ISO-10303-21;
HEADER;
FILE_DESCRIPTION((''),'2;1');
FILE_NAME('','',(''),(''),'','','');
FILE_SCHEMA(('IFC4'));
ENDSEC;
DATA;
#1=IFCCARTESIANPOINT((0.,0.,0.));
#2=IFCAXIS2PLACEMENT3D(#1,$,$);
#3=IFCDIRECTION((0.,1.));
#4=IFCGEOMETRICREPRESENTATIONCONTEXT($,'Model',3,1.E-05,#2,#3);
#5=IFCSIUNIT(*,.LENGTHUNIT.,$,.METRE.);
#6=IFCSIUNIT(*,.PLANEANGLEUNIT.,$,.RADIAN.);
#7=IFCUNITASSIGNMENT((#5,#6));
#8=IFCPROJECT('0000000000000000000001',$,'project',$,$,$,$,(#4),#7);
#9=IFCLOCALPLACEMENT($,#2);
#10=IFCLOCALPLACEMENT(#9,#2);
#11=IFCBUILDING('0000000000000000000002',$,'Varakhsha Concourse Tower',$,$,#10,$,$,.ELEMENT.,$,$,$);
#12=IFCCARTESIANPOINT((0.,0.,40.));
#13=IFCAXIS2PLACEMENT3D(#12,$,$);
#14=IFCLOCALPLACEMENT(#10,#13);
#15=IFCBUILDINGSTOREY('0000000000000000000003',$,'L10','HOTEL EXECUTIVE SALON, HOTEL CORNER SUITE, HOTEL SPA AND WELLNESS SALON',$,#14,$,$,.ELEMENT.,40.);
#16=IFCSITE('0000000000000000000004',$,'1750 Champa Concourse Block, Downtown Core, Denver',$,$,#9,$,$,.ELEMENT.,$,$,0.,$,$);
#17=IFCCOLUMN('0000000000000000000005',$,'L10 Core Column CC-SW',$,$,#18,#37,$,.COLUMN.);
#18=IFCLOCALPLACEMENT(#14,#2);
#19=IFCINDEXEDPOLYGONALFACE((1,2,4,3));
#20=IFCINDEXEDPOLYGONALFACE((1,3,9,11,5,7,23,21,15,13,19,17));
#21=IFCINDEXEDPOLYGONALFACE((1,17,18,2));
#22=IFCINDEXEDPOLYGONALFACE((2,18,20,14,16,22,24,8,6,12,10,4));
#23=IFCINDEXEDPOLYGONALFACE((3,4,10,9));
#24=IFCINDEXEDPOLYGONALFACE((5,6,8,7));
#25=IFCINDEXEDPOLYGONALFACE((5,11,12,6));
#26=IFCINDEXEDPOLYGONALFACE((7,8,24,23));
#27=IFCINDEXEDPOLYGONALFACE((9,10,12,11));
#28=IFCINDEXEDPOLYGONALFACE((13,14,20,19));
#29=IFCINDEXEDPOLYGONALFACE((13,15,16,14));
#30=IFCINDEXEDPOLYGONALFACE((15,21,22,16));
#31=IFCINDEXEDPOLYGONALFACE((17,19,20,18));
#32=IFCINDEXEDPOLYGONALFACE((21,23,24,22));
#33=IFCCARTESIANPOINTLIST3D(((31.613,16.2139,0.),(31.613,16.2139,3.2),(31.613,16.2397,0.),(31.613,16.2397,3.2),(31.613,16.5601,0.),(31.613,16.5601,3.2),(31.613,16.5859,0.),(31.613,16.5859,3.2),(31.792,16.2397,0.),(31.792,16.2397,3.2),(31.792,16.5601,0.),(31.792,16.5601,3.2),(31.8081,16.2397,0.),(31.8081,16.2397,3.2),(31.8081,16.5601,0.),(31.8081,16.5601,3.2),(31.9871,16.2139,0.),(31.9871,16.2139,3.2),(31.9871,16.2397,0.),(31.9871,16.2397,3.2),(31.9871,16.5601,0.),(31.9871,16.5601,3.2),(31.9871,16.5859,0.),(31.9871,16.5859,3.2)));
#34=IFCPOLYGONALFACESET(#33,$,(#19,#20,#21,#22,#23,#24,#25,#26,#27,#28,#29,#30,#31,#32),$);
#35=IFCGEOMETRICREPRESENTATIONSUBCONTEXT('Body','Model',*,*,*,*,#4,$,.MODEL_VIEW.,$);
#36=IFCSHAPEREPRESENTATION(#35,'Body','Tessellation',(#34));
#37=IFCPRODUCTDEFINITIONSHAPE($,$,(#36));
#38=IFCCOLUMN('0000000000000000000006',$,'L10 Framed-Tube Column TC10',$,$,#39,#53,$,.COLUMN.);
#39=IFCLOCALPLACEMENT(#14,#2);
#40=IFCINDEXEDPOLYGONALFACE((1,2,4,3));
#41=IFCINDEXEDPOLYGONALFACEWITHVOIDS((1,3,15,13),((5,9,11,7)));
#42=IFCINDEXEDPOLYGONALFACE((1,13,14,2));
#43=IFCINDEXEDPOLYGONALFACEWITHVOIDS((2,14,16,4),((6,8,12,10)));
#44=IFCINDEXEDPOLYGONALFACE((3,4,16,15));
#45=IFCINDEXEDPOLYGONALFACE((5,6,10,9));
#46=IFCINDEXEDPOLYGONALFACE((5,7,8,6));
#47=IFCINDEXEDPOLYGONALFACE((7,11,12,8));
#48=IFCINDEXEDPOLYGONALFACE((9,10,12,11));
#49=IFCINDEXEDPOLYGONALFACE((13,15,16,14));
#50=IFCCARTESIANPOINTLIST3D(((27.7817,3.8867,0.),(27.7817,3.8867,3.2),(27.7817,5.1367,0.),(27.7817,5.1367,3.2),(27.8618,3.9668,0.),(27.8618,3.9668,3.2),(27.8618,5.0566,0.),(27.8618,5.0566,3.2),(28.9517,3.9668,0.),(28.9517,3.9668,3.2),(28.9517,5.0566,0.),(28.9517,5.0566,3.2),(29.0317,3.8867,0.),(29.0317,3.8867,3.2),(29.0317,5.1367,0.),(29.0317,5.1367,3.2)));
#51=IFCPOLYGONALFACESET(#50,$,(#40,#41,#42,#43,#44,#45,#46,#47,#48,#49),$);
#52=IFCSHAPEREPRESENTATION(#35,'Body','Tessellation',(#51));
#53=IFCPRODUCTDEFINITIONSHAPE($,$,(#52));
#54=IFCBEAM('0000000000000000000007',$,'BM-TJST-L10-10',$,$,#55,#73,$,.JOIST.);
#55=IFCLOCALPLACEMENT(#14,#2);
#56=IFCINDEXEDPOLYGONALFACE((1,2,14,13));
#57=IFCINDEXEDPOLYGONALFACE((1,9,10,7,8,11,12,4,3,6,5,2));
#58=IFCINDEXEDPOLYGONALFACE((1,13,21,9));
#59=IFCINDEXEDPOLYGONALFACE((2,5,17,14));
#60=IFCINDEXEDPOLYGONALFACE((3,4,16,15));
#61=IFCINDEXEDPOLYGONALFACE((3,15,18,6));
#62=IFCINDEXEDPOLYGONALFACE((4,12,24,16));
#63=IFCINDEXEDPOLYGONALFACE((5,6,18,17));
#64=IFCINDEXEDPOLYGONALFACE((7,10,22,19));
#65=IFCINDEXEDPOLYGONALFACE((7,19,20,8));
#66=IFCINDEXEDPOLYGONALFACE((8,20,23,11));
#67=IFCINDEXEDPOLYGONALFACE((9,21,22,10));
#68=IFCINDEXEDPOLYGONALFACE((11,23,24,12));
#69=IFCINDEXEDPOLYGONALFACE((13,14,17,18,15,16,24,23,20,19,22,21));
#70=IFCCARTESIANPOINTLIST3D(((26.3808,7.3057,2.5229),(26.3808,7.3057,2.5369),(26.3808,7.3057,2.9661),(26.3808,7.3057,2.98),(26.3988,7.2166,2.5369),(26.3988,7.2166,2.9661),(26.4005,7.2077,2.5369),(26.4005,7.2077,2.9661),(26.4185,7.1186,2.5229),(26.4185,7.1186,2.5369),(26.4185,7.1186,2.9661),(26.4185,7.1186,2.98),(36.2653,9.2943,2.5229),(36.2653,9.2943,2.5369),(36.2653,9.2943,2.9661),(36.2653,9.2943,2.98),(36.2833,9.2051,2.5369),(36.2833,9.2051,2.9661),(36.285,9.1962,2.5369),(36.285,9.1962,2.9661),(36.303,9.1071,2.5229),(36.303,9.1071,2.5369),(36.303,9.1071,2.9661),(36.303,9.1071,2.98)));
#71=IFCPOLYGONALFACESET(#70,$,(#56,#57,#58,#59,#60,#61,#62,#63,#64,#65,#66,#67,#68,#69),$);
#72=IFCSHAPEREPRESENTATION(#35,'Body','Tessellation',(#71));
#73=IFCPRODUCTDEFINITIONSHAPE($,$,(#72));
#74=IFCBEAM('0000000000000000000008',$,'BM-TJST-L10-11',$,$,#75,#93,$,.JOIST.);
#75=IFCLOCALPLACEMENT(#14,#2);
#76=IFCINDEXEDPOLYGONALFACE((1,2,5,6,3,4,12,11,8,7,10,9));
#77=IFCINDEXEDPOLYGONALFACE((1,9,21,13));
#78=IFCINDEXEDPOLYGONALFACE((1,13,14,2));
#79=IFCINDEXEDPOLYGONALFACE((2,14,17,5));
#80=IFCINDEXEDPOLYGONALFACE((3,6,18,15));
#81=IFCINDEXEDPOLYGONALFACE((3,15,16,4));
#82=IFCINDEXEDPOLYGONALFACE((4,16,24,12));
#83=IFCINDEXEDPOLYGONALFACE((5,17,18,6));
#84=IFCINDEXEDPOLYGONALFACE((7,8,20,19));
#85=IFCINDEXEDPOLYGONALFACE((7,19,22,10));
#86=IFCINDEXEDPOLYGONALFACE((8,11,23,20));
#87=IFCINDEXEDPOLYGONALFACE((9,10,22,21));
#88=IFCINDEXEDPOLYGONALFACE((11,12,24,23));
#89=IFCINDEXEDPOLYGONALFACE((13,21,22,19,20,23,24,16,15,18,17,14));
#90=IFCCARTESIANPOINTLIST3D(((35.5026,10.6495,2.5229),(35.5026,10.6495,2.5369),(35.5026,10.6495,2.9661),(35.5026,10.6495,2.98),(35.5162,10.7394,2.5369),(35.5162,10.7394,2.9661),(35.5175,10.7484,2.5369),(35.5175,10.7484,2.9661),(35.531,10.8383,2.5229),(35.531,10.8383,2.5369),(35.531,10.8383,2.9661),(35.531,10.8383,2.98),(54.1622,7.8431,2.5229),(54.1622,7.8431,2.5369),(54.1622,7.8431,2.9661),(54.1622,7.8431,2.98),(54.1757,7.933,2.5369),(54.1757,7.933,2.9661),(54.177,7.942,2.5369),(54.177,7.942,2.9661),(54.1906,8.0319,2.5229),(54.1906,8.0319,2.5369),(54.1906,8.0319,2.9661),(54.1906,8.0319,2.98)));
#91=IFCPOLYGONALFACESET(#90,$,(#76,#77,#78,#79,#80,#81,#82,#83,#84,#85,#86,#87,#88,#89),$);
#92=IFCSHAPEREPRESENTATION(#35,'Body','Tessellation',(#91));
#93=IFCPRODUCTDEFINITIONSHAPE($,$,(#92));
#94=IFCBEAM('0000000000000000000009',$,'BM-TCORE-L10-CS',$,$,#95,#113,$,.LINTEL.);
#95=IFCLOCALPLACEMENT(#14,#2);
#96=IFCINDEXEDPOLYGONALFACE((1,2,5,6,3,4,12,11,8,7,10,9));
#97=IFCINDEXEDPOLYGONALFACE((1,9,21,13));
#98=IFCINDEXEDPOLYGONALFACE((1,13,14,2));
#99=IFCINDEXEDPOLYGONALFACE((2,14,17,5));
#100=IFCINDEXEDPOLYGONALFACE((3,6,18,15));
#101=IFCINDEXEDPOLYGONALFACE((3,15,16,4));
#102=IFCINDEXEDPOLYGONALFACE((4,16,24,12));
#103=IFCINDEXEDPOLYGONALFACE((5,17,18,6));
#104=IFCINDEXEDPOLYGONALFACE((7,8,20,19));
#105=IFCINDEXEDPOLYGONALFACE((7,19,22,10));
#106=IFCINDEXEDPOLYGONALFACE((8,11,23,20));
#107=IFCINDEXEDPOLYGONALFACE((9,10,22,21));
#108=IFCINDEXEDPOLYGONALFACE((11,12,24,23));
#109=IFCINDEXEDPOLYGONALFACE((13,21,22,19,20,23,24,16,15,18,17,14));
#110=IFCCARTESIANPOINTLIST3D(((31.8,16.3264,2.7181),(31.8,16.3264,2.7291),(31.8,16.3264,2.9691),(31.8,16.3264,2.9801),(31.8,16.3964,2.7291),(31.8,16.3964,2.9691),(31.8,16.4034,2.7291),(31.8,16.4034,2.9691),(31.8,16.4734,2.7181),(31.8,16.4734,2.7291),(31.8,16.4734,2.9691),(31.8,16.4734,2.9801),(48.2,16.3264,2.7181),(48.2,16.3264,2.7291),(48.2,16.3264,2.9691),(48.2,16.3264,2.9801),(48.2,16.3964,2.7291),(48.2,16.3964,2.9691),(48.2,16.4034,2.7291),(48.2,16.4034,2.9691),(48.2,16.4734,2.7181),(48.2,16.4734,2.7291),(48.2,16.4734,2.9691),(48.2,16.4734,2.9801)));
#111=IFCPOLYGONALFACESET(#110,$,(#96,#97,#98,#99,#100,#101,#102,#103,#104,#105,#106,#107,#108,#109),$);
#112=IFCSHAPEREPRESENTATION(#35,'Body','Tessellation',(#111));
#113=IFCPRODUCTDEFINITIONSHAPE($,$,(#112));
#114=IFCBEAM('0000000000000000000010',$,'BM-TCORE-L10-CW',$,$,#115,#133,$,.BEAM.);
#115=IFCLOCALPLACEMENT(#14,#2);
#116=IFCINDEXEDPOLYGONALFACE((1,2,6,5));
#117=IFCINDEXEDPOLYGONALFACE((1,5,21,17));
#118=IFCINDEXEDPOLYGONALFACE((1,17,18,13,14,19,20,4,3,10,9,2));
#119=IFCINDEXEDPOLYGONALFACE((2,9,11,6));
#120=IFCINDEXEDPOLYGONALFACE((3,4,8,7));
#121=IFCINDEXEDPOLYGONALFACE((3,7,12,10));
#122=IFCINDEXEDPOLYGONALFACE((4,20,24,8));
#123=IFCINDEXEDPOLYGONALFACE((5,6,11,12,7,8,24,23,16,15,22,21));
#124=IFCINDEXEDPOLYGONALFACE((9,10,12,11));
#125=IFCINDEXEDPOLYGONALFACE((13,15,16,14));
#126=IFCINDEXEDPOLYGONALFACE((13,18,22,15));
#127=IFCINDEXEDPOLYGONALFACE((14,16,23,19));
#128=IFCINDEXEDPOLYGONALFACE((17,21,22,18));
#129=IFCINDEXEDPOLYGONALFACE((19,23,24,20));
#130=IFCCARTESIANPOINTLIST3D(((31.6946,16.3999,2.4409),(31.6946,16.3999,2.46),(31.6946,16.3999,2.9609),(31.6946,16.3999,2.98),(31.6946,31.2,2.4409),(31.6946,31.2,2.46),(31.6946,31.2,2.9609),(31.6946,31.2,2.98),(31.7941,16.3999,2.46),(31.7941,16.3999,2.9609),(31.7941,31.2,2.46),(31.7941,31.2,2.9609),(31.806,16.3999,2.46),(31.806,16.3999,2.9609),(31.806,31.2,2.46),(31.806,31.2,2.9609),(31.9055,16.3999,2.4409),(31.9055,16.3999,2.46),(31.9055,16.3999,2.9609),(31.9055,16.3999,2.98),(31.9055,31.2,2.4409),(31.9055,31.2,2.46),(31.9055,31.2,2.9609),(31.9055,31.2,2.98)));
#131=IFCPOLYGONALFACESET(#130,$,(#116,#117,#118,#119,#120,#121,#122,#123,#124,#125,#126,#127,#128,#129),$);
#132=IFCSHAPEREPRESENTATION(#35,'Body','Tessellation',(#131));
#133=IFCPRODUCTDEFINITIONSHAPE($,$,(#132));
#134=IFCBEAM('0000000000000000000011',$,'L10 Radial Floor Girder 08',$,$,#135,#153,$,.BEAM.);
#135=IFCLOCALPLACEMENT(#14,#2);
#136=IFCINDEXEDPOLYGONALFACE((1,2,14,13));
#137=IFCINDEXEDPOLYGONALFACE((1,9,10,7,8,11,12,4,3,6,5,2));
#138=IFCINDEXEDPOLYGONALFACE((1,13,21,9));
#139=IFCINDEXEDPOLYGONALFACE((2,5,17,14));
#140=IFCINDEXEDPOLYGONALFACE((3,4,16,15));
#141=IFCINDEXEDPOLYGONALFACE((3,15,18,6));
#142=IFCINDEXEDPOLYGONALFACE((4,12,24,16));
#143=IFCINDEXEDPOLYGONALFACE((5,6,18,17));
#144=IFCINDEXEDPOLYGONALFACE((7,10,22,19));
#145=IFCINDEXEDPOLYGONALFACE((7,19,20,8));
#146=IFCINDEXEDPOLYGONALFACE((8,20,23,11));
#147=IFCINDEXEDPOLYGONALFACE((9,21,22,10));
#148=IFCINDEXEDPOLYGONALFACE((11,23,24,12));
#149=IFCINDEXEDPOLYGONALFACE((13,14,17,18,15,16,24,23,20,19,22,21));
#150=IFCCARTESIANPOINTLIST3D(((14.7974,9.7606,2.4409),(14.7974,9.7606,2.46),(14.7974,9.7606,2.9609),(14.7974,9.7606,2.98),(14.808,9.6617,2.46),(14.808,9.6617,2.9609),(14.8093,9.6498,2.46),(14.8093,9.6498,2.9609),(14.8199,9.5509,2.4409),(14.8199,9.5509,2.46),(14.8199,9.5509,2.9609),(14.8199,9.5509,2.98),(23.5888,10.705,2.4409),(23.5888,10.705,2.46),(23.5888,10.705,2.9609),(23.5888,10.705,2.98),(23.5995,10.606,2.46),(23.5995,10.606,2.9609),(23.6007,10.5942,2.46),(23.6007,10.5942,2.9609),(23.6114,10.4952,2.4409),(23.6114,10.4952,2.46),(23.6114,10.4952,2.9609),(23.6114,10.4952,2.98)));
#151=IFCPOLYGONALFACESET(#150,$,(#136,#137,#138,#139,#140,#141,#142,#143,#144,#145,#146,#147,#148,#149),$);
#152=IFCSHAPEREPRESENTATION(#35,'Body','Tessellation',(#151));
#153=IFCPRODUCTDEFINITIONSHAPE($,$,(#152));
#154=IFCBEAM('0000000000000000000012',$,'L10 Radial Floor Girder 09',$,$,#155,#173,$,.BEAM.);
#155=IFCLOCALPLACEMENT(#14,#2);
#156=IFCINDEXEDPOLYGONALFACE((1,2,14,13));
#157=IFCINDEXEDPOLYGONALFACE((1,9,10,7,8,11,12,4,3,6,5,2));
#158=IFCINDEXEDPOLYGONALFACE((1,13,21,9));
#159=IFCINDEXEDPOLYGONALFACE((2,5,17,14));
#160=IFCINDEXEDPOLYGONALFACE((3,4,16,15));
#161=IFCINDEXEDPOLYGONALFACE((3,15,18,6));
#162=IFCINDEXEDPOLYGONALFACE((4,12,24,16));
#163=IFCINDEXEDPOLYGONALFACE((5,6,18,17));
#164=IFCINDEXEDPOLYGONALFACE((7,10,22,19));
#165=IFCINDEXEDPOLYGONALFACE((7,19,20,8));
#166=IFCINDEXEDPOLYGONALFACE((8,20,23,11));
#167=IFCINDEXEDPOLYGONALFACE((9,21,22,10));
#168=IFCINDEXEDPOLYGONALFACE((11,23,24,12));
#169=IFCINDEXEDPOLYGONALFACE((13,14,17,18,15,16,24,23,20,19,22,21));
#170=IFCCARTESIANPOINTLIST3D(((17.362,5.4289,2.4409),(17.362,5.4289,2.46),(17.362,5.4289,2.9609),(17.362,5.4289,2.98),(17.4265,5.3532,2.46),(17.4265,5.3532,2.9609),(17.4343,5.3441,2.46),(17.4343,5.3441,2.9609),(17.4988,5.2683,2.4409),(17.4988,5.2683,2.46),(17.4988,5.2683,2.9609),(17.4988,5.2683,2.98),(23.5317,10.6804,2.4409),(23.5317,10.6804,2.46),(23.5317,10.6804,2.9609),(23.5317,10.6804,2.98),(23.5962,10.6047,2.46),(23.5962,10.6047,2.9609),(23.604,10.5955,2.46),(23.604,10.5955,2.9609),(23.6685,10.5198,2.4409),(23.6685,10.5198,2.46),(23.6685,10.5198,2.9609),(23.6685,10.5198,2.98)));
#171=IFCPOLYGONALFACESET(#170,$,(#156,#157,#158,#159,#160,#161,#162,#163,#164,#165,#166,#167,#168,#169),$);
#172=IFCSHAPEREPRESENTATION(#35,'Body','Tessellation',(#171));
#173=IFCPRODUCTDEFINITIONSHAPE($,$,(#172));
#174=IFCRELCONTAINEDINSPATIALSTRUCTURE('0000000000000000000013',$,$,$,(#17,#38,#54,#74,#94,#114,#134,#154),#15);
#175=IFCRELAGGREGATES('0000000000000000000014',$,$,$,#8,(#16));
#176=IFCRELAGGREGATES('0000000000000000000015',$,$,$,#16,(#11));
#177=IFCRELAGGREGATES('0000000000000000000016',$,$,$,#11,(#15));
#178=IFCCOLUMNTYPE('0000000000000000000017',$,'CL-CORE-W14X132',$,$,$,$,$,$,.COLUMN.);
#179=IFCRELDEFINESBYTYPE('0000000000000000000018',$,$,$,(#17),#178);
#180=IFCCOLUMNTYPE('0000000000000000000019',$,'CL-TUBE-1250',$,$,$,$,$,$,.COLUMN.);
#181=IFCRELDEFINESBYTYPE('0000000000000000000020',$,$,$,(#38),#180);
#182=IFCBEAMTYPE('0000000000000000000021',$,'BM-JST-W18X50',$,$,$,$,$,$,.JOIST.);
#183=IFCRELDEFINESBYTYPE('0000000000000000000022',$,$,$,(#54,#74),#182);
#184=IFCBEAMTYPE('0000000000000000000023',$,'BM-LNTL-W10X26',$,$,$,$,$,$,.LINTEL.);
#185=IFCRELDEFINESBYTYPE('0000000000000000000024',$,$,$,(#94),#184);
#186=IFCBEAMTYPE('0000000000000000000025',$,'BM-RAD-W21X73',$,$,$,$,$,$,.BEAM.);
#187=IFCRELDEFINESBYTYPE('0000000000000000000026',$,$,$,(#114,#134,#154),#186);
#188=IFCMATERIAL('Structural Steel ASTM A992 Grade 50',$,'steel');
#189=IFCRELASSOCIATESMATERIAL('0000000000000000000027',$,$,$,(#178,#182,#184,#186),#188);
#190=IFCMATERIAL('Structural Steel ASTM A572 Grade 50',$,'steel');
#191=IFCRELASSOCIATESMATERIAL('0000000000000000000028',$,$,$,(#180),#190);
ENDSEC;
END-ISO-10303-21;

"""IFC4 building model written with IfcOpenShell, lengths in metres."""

from ifc_helpers import new_model, si_unit, direction, frame, origin, origin_2d, place, context, subcontext, project, spatial, hollow_rectangle, i_section, extrude, material, material_profile, profile_set, type_object, element, save


model = new_model("IFC4")

# Units and contexts
model_context = context("Model", 3, precision=1e-05, world=origin(), true_north=direction((0.0, 1.0)))
body_context = subcontext(model_context, "Body", "Model", "MODEL_VIEW")
ifc_project = project(units=[si_unit("LENGTHUNIT", "METRE"), si_unit("PLANEANGLEUNIT", "RADIAN")], contexts=[model_context])

# Site, building, storey
site_placement = place(None, origin())
site = spatial("IfcSite", under=ifc_project, at=site_placement, Name="1750 Champa Concourse Block, Downtown Core, Denver", CompositionType="ELEMENT", RefElevation=0.0)
building_placement = place(site_placement, origin())
building = spatial("IfcBuilding", under=site, at=building_placement, Name="Varakhsha Concourse Tower", CompositionType="ELEMENT")
storey_placement = place(building_placement, frame((0.0, 0.0, 40.0)))
storey = spatial("IfcBuildingStorey", under=building, at=storey_placement, Name="L10", Description="HOTEL EXECUTIVE SALON, HOTEL CORNER SUITE, HOTEL SPA AND WELLNESS SALON", CompositionType="ELEMENT", Elevation=40.0)

# Columns
ifc_material_1 = material(Name="Structural Steel ASTM A992 Grade 50", Category="steel")
ifc_material_profile_1 = material_profile(ifc_material_1, i_section(OverallWidth=0.374, OverallDepth=0.3721, WebThickness=0.0161, FlangeThickness=0.0259, at=origin_2d()), Name="W14X132")
ifc_profile_set_1 = profile_set([ifc_material_profile_1], Name="Structural Steel ASTM A992 Grade 50")
column_type_1 = type_object("IfcColumnType", Name="CL-CORE-W14X132", PredefinedType="COLUMN", material=ifc_profile_set_1)
column_1_placement = place(storey_placement, frame((31.8, 16.3999, 0.0), z_axis=(0.0, 0.0, 1.0), x_axis=(1.0, 0.0, 0.0)))
element("IfcColumn", 1, at=column_1_placement, inside=storey, type_object=column_type_1, Name="L10 Core Column CC-SW", PredefinedType="COLUMN", context=body_context, shape_type="SweptSolid", body=[
    extrude(i_section(OverallWidth=0.374, OverallDepth=0.3721, WebThickness=0.0161, FlangeThickness=0.0259, at=origin_2d()), origin(), (0.0, 0.0, 1.0), 3.2),
])
ifc_material_2 = material(Name="Structural Steel ASTM A572 Grade 50", Category="steel")
ifc_material_profile_2 = material_profile(ifc_material_2, hollow_rectangle(XDim=1.25, YDim=1.25, WallThickness=0.0801, at=origin_2d()), Name="BOX 1250x1250x80")
ifc_profile_set_2 = profile_set([ifc_material_profile_2], Name="Structural Steel ASTM A572 Grade 50")
column_type_2 = type_object("IfcColumnType", Name="CL-TUBE-1250", PredefinedType="COLUMN", material=ifc_profile_set_2)
column_2_placement = place(storey_placement, frame((28.4067, 4.5117, 0.0), z_axis=(0.0, 0.0, 1.0), x_axis=(1.0, 0.0, 0.0)))
element("IfcColumn", 2, at=column_2_placement, inside=storey, type_object=column_type_2, Name="L10 Framed-Tube Column TC10", PredefinedType="COLUMN", context=body_context, shape_type="SweptSolid", body=[
    extrude(hollow_rectangle(XDim=1.25, YDim=1.25, WallThickness=0.0801, at=origin_2d()), origin(), (0.0, 0.0, 1.0), 3.2),
])

# Beams
ifc_material_profile_3 = material_profile(ifc_material_1, i_section(OverallWidth=0.1909, OverallDepth=0.457, WebThickness=0.009, FlangeThickness=0.0139, at=origin_2d()), Name="W18X50")
ifc_profile_set_3 = profile_set([ifc_material_profile_3], Name="Structural Steel ASTM A992 Grade 50")
beam_type_1 = type_object("IfcBeamType", Name="BM-JST-W18X50", PredefinedType="JOIST", material=ifc_profile_set_3)
beam_1_placement = place(storey_placement, frame((26.3997, 7.2122, 2.7515), z_axis=(0.980358, 0.197224, 0.0), x_axis=(-0.197224, 0.980358, 0.0)))
element("IfcBeam", 3, at=beam_1_placement, inside=storey, type_object=beam_type_1, Name="BM-TJST-L10-10", PredefinedType="JOIST", context=body_context, shape_type="SweptSolid", body=[
    extrude(i_section(OverallWidth=0.1909, OverallDepth=0.457, WebThickness=0.009, FlangeThickness=0.0139, at=origin_2d()), origin(), (0.0, 0.0, 1.0), 10.0825),
])
beam_2_placement = place(storey_placement, frame((35.5168, 10.7439, 2.7515), z_axis=(0.988878, -0.148728, 0.0), x_axis=(0.148728, 0.988878, 0.0)))
element("IfcBeam", 4, at=beam_2_placement, inside=storey, type_object=beam_type_1, Name="BM-TJST-L10-11", PredefinedType="JOIST", context=body_context, shape_type="SweptSolid", body=[
    extrude(i_section(OverallWidth=0.1909, OverallDepth=0.457, WebThickness=0.009, FlangeThickness=0.0139, at=origin_2d()), origin(), (0.0, 0.0, 1.0), 18.8694),
])
ifc_material_profile_4 = material_profile(ifc_material_1, i_section(OverallWidth=0.147, OverallDepth=0.262, WebThickness=0.0071, FlangeThickness=0.011, at=origin_2d()), Name="W10X26")
ifc_profile_set_4 = profile_set([ifc_material_profile_4], Name="Structural Steel ASTM A992 Grade 50")
beam_type_2 = type_object("IfcBeamType", Name="BM-LNTL-W10X26", PredefinedType="LINTEL", material=ifc_profile_set_4)
beam_3_placement = place(storey_placement, frame((31.8, 16.3999, 2.8491), z_axis=(1.0, 0.0, 0.0), x_axis=(0.0, 1.0, 0.0)))
element("IfcBeam", 5, at=beam_3_placement, inside=storey, type_object=beam_type_2, Name="BM-TCORE-L10-CS", PredefinedType="LINTEL", context=body_context, shape_type="SweptSolid", body=[
    extrude(i_section(OverallWidth=0.147, OverallDepth=0.262, WebThickness=0.0071, FlangeThickness=0.011, at=origin_2d()), origin(), (0.0, 0.0, 1.0), 16.3999),
])
ifc_material_profile_5 = material_profile(ifc_material_1, i_section(OverallWidth=0.2109, OverallDepth=0.5391, WebThickness=0.012, FlangeThickness=0.019, at=origin_2d()), Name="W21X73")
ifc_profile_set_5 = profile_set([ifc_material_profile_5], Name="Structural Steel ASTM A992 Grade 50")
beam_type_3 = type_object("IfcBeamType", Name="BM-RAD-W21X73", PredefinedType="BEAM", material=ifc_profile_set_5)
beam_4_placement = place(storey_placement, frame((31.8, 16.3999, 2.7104), z_axis=(0.0, 1.0, 0.0), x_axis=(-1.0, 0.0, 0.0)))
element("IfcBeam", 6, at=beam_4_placement, inside=storey, type_object=beam_type_3, Name="BM-TCORE-L10-CW", PredefinedType="BEAM", context=body_context, shape_type="SweptSolid", body=[
    extrude(i_section(OverallWidth=0.2109, OverallDepth=0.5391, WebThickness=0.012, FlangeThickness=0.019, at=origin_2d()), origin(), (0.0, 0.0, 1.0), 14.8),
])
beam_5_placement = place(storey_placement, frame((23.6001, 10.6001, 2.7104), z_axis=(-0.99428, -0.1068, 0.0), x_axis=(0.1068, -0.99428, 0.0)))
element("IfcBeam", 7, at=beam_5_placement, inside=storey, type_object=beam_type_3, Name="L10 Radial Floor Girder 08", PredefinedType="BEAM", context=body_context, shape_type="SweptSolid", body=[
    extrude(i_section(OverallWidth=0.2109, OverallDepth=0.5391, WebThickness=0.012, FlangeThickness=0.019, at=origin_2d()), origin(), (0.0, 0.0, 1.0), 8.842),
])
beam_6_placement = place(storey_placement, frame((23.6001, 10.6001, 2.7104), z_axis=(-0.761498, -0.648167, 0.0), x_axis=(0.648167, -0.761498, 0.0)))
element("IfcBeam", 8, at=beam_6_placement, inside=storey, type_object=beam_type_3, Name="L10 Radial Floor Girder 09", PredefinedType="BEAM", context=body_context, shape_type="SweptSolid", body=[
    extrude(i_section(OverallWidth=0.2109, OverallDepth=0.5391, WebThickness=0.012, FlangeThickness=0.019, at=origin_2d()), origin(), (0.0, 0.0, 1.0), 8.1021),
])

save(model, "model.ifc")
